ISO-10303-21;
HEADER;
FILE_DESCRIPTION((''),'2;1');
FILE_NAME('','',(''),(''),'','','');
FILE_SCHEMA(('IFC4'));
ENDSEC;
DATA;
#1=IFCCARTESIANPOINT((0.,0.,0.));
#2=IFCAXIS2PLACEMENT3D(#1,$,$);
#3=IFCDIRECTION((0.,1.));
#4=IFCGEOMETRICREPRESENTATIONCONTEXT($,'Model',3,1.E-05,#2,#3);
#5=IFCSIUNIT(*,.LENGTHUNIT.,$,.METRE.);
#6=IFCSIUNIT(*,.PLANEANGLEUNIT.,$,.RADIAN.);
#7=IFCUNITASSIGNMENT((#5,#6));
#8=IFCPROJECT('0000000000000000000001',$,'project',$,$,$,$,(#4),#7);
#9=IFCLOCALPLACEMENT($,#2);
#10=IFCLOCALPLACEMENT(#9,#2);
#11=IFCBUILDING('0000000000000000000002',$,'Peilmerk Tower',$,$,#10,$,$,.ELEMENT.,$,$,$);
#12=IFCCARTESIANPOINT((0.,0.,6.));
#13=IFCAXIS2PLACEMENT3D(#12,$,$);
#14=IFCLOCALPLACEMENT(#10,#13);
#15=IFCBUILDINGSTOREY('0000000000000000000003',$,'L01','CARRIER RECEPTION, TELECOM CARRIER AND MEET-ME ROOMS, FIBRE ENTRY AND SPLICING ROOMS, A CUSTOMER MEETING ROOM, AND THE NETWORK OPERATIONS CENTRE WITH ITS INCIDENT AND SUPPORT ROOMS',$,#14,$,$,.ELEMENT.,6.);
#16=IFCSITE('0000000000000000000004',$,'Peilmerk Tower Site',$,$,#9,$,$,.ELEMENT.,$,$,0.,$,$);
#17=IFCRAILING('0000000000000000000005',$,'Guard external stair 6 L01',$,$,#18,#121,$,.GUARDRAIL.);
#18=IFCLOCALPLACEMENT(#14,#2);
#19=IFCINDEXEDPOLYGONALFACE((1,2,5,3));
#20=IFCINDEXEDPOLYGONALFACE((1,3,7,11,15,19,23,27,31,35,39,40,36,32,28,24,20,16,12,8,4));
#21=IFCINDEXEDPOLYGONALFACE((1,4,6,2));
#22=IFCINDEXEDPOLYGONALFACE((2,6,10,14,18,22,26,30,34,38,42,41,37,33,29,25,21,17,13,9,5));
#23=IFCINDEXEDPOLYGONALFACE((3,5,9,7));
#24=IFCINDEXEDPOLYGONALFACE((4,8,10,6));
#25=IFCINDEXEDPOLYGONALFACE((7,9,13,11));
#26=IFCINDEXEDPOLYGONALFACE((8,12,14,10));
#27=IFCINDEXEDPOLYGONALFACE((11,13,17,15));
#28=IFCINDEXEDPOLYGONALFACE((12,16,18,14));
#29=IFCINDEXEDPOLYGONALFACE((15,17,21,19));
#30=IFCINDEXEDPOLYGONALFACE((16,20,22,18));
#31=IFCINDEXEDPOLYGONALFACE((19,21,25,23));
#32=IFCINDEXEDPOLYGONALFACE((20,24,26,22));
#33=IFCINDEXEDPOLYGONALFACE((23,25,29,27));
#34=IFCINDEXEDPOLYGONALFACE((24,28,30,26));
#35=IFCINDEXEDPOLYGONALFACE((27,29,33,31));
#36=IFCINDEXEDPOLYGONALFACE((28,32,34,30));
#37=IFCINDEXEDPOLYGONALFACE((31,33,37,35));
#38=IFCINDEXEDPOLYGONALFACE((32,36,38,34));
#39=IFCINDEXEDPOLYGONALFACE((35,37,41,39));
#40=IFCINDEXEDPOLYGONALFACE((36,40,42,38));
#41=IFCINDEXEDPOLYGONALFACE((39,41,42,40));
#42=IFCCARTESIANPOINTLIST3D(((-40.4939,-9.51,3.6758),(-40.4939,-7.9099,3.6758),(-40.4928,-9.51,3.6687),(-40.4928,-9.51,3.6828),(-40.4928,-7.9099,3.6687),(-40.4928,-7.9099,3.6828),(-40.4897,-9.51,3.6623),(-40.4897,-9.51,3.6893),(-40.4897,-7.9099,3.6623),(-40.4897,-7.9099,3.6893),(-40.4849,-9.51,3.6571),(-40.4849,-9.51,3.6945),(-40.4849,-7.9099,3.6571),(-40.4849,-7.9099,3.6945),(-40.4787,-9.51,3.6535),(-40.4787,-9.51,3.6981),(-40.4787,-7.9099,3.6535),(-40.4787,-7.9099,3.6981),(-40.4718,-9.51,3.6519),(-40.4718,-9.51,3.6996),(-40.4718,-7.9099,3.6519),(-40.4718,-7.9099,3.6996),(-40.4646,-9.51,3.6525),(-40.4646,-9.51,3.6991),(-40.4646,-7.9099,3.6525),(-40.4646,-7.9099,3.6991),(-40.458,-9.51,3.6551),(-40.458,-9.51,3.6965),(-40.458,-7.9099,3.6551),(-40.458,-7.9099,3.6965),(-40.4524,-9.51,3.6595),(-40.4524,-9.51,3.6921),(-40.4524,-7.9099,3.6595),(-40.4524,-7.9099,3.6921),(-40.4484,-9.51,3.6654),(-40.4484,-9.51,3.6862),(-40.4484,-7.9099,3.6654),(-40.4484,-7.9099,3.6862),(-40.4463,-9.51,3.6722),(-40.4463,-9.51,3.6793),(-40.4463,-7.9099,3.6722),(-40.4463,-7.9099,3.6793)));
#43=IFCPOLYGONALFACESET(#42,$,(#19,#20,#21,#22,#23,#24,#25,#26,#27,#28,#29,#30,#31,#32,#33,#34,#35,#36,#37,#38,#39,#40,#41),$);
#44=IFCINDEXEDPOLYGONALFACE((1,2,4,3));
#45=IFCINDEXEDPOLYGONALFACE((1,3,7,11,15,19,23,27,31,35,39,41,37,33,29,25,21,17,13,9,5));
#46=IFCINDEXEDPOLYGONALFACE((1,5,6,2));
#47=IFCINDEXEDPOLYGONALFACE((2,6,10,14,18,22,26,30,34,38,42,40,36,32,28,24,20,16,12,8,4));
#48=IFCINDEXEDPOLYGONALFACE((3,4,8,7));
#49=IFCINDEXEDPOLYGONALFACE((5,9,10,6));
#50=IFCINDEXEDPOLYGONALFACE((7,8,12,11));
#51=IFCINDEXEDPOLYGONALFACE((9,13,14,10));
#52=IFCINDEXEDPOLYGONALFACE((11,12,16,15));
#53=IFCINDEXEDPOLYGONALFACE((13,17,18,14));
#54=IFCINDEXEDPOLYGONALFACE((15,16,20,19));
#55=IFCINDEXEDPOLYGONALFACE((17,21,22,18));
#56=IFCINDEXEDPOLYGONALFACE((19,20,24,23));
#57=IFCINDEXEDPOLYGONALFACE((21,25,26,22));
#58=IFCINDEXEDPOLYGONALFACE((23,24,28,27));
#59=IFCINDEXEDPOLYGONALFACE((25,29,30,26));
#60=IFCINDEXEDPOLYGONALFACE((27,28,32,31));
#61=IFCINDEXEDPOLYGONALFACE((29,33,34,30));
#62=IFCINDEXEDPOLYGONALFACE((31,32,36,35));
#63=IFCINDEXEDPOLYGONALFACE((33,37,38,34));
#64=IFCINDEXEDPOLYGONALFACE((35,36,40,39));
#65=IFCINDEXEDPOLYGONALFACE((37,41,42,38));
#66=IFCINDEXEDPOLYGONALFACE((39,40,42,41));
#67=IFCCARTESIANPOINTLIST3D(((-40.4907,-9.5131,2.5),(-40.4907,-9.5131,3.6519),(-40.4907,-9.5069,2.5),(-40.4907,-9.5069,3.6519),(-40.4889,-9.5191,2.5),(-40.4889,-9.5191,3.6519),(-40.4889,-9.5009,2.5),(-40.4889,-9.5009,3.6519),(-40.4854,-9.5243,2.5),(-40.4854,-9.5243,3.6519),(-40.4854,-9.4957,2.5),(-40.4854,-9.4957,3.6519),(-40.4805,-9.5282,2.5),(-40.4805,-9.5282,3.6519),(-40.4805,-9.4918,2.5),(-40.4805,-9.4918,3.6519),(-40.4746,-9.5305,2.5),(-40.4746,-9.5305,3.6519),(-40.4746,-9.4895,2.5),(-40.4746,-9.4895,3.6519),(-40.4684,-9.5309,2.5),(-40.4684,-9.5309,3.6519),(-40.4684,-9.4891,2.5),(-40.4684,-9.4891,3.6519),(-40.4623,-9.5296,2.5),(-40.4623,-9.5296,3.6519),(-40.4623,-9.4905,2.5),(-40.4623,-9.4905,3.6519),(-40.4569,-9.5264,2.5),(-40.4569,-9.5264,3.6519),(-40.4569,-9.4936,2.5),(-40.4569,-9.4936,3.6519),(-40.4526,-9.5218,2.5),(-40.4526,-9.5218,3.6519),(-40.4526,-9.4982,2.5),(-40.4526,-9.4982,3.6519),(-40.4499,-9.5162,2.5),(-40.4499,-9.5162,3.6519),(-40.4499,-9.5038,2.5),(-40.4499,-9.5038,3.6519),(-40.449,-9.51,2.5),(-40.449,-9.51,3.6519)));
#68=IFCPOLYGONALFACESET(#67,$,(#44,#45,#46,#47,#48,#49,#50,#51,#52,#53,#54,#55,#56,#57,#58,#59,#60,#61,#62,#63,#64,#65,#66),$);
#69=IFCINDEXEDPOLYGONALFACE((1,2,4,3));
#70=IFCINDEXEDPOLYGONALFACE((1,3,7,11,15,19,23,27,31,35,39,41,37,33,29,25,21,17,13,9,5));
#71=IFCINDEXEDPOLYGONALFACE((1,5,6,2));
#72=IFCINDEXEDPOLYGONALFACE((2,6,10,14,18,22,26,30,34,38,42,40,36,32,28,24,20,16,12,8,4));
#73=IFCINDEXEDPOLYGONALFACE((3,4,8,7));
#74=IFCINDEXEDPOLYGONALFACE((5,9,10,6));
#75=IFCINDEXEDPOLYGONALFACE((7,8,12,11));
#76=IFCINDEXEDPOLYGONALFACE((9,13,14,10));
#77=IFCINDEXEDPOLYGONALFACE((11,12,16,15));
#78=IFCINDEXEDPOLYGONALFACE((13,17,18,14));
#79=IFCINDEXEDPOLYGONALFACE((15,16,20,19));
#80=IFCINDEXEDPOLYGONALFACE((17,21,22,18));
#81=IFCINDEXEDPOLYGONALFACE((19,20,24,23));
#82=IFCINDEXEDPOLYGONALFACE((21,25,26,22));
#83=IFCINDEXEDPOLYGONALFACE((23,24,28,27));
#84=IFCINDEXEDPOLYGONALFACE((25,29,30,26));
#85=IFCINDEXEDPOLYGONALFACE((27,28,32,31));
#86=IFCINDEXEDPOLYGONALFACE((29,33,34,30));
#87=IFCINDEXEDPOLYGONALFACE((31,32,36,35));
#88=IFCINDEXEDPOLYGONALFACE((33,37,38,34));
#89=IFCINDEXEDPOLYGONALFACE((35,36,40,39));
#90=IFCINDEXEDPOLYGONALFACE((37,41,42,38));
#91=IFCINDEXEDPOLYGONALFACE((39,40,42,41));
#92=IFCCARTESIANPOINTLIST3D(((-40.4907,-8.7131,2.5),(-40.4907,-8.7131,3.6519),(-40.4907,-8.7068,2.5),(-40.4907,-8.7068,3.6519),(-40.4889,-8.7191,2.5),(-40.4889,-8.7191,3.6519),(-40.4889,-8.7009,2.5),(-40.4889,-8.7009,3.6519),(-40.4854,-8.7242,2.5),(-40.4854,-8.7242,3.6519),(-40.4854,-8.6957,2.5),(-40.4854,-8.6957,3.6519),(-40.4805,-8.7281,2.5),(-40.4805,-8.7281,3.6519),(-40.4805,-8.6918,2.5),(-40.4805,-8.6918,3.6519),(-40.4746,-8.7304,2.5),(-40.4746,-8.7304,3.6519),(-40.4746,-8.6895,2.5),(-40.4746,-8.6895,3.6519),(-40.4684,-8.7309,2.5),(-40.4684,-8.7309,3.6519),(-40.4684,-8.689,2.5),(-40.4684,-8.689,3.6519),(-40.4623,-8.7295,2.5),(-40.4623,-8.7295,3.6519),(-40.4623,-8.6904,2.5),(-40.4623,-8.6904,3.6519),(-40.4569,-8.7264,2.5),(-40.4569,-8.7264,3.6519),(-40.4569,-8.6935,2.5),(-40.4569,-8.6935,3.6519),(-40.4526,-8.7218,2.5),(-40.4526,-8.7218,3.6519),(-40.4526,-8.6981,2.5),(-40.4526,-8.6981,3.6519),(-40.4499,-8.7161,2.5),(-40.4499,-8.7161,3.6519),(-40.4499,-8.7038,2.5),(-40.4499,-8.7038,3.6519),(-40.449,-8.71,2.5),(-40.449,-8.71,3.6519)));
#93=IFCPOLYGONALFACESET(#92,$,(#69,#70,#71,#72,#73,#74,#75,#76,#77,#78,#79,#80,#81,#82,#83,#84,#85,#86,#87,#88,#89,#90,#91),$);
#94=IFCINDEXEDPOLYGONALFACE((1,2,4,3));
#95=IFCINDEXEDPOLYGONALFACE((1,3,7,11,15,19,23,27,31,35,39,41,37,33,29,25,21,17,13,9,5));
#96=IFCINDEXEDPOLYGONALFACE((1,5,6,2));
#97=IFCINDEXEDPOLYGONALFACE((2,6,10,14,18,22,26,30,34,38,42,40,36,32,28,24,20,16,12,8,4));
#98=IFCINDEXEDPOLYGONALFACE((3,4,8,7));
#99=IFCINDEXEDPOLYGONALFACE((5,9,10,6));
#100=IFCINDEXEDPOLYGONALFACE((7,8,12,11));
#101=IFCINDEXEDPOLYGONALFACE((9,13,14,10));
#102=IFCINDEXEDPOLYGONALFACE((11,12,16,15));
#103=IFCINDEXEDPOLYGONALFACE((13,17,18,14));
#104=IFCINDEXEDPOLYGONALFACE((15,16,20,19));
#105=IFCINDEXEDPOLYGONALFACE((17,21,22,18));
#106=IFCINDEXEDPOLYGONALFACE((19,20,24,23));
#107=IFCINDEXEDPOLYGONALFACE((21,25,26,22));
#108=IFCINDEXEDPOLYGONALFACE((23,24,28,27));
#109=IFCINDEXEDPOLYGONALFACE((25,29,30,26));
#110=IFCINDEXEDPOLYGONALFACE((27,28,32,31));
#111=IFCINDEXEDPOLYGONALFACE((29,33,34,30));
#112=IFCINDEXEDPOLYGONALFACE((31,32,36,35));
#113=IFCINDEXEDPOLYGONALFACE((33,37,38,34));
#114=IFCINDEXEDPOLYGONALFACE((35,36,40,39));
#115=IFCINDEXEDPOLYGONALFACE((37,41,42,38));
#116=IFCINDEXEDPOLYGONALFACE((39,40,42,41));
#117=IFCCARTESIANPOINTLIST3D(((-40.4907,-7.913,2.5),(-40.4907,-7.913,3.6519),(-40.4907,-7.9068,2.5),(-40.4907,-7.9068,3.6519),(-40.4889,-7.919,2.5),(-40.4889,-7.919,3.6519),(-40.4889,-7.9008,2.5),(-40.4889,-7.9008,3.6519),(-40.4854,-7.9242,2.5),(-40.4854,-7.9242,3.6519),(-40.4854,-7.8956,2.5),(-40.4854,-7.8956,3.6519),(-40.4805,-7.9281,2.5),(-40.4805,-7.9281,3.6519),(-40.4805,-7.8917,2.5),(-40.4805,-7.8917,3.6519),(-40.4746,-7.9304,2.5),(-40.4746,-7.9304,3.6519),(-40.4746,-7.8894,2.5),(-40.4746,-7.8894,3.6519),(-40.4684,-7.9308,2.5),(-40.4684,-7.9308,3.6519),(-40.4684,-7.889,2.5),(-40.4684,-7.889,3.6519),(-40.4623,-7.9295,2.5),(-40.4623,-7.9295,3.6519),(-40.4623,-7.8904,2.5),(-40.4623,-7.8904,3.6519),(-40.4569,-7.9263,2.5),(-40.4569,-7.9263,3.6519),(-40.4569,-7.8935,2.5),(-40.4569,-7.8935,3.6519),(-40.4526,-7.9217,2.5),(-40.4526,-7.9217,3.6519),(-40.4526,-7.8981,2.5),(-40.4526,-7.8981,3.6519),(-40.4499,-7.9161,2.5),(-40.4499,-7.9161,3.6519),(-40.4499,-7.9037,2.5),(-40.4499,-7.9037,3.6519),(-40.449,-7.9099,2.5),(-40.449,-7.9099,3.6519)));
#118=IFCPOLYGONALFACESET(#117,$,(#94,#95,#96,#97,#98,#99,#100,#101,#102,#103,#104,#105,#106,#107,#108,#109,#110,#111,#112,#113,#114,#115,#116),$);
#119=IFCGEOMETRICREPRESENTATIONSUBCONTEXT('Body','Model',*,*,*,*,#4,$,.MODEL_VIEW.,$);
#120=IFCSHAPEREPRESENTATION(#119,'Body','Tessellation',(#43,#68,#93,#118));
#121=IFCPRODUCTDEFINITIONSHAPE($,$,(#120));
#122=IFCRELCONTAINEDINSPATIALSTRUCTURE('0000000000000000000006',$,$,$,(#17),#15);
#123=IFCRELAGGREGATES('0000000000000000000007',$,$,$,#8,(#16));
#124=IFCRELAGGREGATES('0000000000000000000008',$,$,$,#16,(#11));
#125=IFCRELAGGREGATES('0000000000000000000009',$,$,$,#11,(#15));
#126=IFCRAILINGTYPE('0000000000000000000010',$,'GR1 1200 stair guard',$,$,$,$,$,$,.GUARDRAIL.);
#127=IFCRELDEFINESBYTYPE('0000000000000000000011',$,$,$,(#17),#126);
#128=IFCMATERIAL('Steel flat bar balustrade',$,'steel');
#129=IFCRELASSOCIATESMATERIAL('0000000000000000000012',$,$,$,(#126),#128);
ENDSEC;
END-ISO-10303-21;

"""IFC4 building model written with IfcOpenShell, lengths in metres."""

from ifc_helpers import new_model, si_unit, direction, frame, origin, origin_2d, place, context, subcontext, project, spatial, circle, extrude, material, type_object, element, save


model = new_model("IFC4")

# Units and contexts
model_context = context("Model", 3, precision=1e-05, world=origin(), true_north=direction((0.0, 1.0)))
body_context = subcontext(model_context, "Body", "Model", "MODEL_VIEW")
ifc_project = project(units=[si_unit("LENGTHUNIT", "METRE"), si_unit("PLANEANGLEUNIT", "RADIAN")], contexts=[model_context])

# Site, building, storey
site_placement = place(None, origin())
site = spatial("IfcSite", under=ifc_project, at=site_placement, Name="Peilmerk Tower Site", CompositionType="ELEMENT", RefElevation=0.0)
building_placement = place(site_placement, origin())
building = spatial("IfcBuilding", under=site, at=building_placement, Name="Peilmerk Tower", CompositionType="ELEMENT")
storey_placement = place(building_placement, frame((0.0, 0.0, 6.0)))
storey = spatial("IfcBuildingStorey", under=building, at=storey_placement, Name="L01", Description="CARRIER RECEPTION, TELECOM CARRIER AND MEET-ME ROOMS, FIBRE ENTRY AND SPLICING ROOMS, A CUSTOMER MEETING ROOM, AND THE NETWORK OPERATIONS CENTRE WITH ITS INCIDENT AND SUPPORT ROOMS", CompositionType="ELEMENT", Elevation=6.0)

# Railing
ifc_material_1 = material(Name="Steel flat bar balustrade", Category="steel")
railing_type_1 = type_object("IfcRailingType", Name="GR1 1200 stair guard", PredefinedType="GUARDRAIL", material=ifc_material_1)
railing_1_placement = place(storey_placement, frame((-40.47, -9.51, 2.5)))
element("IfcRailing", 1, at=railing_1_placement, inside=storey, type_object=railing_type_1, Name="Guard external stair 6 L01", PredefinedType="GUARDRAIL", context=body_context, shape_type="SweptSolid", body=[
    extrude(circle(Radius=0.0239, at=origin_2d()), frame((0.0, 0.0, 1.1758), z_axis=(0.0, 1.0, 0.0), x_axis=(-1.0, 0.0, 0.0)), (0.0, 0.0, 1.0), 1.6001),
    extrude(circle(Radius=0.021, at=origin_2d()), origin(), (0.0, 0.0, 1.0), 1.1519),
    extrude(circle(Radius=0.021, at=origin_2d()), frame((0.0, 0.8, 0.0)), (0.0, 0.0, 1.0), 1.1519),
    extrude(circle(Radius=0.021, at=origin_2d()), frame((0.0, 1.6001, 0.0)), (0.0, 0.0, 1.0), 1.1519),
])

save(model, "model.ifc")
